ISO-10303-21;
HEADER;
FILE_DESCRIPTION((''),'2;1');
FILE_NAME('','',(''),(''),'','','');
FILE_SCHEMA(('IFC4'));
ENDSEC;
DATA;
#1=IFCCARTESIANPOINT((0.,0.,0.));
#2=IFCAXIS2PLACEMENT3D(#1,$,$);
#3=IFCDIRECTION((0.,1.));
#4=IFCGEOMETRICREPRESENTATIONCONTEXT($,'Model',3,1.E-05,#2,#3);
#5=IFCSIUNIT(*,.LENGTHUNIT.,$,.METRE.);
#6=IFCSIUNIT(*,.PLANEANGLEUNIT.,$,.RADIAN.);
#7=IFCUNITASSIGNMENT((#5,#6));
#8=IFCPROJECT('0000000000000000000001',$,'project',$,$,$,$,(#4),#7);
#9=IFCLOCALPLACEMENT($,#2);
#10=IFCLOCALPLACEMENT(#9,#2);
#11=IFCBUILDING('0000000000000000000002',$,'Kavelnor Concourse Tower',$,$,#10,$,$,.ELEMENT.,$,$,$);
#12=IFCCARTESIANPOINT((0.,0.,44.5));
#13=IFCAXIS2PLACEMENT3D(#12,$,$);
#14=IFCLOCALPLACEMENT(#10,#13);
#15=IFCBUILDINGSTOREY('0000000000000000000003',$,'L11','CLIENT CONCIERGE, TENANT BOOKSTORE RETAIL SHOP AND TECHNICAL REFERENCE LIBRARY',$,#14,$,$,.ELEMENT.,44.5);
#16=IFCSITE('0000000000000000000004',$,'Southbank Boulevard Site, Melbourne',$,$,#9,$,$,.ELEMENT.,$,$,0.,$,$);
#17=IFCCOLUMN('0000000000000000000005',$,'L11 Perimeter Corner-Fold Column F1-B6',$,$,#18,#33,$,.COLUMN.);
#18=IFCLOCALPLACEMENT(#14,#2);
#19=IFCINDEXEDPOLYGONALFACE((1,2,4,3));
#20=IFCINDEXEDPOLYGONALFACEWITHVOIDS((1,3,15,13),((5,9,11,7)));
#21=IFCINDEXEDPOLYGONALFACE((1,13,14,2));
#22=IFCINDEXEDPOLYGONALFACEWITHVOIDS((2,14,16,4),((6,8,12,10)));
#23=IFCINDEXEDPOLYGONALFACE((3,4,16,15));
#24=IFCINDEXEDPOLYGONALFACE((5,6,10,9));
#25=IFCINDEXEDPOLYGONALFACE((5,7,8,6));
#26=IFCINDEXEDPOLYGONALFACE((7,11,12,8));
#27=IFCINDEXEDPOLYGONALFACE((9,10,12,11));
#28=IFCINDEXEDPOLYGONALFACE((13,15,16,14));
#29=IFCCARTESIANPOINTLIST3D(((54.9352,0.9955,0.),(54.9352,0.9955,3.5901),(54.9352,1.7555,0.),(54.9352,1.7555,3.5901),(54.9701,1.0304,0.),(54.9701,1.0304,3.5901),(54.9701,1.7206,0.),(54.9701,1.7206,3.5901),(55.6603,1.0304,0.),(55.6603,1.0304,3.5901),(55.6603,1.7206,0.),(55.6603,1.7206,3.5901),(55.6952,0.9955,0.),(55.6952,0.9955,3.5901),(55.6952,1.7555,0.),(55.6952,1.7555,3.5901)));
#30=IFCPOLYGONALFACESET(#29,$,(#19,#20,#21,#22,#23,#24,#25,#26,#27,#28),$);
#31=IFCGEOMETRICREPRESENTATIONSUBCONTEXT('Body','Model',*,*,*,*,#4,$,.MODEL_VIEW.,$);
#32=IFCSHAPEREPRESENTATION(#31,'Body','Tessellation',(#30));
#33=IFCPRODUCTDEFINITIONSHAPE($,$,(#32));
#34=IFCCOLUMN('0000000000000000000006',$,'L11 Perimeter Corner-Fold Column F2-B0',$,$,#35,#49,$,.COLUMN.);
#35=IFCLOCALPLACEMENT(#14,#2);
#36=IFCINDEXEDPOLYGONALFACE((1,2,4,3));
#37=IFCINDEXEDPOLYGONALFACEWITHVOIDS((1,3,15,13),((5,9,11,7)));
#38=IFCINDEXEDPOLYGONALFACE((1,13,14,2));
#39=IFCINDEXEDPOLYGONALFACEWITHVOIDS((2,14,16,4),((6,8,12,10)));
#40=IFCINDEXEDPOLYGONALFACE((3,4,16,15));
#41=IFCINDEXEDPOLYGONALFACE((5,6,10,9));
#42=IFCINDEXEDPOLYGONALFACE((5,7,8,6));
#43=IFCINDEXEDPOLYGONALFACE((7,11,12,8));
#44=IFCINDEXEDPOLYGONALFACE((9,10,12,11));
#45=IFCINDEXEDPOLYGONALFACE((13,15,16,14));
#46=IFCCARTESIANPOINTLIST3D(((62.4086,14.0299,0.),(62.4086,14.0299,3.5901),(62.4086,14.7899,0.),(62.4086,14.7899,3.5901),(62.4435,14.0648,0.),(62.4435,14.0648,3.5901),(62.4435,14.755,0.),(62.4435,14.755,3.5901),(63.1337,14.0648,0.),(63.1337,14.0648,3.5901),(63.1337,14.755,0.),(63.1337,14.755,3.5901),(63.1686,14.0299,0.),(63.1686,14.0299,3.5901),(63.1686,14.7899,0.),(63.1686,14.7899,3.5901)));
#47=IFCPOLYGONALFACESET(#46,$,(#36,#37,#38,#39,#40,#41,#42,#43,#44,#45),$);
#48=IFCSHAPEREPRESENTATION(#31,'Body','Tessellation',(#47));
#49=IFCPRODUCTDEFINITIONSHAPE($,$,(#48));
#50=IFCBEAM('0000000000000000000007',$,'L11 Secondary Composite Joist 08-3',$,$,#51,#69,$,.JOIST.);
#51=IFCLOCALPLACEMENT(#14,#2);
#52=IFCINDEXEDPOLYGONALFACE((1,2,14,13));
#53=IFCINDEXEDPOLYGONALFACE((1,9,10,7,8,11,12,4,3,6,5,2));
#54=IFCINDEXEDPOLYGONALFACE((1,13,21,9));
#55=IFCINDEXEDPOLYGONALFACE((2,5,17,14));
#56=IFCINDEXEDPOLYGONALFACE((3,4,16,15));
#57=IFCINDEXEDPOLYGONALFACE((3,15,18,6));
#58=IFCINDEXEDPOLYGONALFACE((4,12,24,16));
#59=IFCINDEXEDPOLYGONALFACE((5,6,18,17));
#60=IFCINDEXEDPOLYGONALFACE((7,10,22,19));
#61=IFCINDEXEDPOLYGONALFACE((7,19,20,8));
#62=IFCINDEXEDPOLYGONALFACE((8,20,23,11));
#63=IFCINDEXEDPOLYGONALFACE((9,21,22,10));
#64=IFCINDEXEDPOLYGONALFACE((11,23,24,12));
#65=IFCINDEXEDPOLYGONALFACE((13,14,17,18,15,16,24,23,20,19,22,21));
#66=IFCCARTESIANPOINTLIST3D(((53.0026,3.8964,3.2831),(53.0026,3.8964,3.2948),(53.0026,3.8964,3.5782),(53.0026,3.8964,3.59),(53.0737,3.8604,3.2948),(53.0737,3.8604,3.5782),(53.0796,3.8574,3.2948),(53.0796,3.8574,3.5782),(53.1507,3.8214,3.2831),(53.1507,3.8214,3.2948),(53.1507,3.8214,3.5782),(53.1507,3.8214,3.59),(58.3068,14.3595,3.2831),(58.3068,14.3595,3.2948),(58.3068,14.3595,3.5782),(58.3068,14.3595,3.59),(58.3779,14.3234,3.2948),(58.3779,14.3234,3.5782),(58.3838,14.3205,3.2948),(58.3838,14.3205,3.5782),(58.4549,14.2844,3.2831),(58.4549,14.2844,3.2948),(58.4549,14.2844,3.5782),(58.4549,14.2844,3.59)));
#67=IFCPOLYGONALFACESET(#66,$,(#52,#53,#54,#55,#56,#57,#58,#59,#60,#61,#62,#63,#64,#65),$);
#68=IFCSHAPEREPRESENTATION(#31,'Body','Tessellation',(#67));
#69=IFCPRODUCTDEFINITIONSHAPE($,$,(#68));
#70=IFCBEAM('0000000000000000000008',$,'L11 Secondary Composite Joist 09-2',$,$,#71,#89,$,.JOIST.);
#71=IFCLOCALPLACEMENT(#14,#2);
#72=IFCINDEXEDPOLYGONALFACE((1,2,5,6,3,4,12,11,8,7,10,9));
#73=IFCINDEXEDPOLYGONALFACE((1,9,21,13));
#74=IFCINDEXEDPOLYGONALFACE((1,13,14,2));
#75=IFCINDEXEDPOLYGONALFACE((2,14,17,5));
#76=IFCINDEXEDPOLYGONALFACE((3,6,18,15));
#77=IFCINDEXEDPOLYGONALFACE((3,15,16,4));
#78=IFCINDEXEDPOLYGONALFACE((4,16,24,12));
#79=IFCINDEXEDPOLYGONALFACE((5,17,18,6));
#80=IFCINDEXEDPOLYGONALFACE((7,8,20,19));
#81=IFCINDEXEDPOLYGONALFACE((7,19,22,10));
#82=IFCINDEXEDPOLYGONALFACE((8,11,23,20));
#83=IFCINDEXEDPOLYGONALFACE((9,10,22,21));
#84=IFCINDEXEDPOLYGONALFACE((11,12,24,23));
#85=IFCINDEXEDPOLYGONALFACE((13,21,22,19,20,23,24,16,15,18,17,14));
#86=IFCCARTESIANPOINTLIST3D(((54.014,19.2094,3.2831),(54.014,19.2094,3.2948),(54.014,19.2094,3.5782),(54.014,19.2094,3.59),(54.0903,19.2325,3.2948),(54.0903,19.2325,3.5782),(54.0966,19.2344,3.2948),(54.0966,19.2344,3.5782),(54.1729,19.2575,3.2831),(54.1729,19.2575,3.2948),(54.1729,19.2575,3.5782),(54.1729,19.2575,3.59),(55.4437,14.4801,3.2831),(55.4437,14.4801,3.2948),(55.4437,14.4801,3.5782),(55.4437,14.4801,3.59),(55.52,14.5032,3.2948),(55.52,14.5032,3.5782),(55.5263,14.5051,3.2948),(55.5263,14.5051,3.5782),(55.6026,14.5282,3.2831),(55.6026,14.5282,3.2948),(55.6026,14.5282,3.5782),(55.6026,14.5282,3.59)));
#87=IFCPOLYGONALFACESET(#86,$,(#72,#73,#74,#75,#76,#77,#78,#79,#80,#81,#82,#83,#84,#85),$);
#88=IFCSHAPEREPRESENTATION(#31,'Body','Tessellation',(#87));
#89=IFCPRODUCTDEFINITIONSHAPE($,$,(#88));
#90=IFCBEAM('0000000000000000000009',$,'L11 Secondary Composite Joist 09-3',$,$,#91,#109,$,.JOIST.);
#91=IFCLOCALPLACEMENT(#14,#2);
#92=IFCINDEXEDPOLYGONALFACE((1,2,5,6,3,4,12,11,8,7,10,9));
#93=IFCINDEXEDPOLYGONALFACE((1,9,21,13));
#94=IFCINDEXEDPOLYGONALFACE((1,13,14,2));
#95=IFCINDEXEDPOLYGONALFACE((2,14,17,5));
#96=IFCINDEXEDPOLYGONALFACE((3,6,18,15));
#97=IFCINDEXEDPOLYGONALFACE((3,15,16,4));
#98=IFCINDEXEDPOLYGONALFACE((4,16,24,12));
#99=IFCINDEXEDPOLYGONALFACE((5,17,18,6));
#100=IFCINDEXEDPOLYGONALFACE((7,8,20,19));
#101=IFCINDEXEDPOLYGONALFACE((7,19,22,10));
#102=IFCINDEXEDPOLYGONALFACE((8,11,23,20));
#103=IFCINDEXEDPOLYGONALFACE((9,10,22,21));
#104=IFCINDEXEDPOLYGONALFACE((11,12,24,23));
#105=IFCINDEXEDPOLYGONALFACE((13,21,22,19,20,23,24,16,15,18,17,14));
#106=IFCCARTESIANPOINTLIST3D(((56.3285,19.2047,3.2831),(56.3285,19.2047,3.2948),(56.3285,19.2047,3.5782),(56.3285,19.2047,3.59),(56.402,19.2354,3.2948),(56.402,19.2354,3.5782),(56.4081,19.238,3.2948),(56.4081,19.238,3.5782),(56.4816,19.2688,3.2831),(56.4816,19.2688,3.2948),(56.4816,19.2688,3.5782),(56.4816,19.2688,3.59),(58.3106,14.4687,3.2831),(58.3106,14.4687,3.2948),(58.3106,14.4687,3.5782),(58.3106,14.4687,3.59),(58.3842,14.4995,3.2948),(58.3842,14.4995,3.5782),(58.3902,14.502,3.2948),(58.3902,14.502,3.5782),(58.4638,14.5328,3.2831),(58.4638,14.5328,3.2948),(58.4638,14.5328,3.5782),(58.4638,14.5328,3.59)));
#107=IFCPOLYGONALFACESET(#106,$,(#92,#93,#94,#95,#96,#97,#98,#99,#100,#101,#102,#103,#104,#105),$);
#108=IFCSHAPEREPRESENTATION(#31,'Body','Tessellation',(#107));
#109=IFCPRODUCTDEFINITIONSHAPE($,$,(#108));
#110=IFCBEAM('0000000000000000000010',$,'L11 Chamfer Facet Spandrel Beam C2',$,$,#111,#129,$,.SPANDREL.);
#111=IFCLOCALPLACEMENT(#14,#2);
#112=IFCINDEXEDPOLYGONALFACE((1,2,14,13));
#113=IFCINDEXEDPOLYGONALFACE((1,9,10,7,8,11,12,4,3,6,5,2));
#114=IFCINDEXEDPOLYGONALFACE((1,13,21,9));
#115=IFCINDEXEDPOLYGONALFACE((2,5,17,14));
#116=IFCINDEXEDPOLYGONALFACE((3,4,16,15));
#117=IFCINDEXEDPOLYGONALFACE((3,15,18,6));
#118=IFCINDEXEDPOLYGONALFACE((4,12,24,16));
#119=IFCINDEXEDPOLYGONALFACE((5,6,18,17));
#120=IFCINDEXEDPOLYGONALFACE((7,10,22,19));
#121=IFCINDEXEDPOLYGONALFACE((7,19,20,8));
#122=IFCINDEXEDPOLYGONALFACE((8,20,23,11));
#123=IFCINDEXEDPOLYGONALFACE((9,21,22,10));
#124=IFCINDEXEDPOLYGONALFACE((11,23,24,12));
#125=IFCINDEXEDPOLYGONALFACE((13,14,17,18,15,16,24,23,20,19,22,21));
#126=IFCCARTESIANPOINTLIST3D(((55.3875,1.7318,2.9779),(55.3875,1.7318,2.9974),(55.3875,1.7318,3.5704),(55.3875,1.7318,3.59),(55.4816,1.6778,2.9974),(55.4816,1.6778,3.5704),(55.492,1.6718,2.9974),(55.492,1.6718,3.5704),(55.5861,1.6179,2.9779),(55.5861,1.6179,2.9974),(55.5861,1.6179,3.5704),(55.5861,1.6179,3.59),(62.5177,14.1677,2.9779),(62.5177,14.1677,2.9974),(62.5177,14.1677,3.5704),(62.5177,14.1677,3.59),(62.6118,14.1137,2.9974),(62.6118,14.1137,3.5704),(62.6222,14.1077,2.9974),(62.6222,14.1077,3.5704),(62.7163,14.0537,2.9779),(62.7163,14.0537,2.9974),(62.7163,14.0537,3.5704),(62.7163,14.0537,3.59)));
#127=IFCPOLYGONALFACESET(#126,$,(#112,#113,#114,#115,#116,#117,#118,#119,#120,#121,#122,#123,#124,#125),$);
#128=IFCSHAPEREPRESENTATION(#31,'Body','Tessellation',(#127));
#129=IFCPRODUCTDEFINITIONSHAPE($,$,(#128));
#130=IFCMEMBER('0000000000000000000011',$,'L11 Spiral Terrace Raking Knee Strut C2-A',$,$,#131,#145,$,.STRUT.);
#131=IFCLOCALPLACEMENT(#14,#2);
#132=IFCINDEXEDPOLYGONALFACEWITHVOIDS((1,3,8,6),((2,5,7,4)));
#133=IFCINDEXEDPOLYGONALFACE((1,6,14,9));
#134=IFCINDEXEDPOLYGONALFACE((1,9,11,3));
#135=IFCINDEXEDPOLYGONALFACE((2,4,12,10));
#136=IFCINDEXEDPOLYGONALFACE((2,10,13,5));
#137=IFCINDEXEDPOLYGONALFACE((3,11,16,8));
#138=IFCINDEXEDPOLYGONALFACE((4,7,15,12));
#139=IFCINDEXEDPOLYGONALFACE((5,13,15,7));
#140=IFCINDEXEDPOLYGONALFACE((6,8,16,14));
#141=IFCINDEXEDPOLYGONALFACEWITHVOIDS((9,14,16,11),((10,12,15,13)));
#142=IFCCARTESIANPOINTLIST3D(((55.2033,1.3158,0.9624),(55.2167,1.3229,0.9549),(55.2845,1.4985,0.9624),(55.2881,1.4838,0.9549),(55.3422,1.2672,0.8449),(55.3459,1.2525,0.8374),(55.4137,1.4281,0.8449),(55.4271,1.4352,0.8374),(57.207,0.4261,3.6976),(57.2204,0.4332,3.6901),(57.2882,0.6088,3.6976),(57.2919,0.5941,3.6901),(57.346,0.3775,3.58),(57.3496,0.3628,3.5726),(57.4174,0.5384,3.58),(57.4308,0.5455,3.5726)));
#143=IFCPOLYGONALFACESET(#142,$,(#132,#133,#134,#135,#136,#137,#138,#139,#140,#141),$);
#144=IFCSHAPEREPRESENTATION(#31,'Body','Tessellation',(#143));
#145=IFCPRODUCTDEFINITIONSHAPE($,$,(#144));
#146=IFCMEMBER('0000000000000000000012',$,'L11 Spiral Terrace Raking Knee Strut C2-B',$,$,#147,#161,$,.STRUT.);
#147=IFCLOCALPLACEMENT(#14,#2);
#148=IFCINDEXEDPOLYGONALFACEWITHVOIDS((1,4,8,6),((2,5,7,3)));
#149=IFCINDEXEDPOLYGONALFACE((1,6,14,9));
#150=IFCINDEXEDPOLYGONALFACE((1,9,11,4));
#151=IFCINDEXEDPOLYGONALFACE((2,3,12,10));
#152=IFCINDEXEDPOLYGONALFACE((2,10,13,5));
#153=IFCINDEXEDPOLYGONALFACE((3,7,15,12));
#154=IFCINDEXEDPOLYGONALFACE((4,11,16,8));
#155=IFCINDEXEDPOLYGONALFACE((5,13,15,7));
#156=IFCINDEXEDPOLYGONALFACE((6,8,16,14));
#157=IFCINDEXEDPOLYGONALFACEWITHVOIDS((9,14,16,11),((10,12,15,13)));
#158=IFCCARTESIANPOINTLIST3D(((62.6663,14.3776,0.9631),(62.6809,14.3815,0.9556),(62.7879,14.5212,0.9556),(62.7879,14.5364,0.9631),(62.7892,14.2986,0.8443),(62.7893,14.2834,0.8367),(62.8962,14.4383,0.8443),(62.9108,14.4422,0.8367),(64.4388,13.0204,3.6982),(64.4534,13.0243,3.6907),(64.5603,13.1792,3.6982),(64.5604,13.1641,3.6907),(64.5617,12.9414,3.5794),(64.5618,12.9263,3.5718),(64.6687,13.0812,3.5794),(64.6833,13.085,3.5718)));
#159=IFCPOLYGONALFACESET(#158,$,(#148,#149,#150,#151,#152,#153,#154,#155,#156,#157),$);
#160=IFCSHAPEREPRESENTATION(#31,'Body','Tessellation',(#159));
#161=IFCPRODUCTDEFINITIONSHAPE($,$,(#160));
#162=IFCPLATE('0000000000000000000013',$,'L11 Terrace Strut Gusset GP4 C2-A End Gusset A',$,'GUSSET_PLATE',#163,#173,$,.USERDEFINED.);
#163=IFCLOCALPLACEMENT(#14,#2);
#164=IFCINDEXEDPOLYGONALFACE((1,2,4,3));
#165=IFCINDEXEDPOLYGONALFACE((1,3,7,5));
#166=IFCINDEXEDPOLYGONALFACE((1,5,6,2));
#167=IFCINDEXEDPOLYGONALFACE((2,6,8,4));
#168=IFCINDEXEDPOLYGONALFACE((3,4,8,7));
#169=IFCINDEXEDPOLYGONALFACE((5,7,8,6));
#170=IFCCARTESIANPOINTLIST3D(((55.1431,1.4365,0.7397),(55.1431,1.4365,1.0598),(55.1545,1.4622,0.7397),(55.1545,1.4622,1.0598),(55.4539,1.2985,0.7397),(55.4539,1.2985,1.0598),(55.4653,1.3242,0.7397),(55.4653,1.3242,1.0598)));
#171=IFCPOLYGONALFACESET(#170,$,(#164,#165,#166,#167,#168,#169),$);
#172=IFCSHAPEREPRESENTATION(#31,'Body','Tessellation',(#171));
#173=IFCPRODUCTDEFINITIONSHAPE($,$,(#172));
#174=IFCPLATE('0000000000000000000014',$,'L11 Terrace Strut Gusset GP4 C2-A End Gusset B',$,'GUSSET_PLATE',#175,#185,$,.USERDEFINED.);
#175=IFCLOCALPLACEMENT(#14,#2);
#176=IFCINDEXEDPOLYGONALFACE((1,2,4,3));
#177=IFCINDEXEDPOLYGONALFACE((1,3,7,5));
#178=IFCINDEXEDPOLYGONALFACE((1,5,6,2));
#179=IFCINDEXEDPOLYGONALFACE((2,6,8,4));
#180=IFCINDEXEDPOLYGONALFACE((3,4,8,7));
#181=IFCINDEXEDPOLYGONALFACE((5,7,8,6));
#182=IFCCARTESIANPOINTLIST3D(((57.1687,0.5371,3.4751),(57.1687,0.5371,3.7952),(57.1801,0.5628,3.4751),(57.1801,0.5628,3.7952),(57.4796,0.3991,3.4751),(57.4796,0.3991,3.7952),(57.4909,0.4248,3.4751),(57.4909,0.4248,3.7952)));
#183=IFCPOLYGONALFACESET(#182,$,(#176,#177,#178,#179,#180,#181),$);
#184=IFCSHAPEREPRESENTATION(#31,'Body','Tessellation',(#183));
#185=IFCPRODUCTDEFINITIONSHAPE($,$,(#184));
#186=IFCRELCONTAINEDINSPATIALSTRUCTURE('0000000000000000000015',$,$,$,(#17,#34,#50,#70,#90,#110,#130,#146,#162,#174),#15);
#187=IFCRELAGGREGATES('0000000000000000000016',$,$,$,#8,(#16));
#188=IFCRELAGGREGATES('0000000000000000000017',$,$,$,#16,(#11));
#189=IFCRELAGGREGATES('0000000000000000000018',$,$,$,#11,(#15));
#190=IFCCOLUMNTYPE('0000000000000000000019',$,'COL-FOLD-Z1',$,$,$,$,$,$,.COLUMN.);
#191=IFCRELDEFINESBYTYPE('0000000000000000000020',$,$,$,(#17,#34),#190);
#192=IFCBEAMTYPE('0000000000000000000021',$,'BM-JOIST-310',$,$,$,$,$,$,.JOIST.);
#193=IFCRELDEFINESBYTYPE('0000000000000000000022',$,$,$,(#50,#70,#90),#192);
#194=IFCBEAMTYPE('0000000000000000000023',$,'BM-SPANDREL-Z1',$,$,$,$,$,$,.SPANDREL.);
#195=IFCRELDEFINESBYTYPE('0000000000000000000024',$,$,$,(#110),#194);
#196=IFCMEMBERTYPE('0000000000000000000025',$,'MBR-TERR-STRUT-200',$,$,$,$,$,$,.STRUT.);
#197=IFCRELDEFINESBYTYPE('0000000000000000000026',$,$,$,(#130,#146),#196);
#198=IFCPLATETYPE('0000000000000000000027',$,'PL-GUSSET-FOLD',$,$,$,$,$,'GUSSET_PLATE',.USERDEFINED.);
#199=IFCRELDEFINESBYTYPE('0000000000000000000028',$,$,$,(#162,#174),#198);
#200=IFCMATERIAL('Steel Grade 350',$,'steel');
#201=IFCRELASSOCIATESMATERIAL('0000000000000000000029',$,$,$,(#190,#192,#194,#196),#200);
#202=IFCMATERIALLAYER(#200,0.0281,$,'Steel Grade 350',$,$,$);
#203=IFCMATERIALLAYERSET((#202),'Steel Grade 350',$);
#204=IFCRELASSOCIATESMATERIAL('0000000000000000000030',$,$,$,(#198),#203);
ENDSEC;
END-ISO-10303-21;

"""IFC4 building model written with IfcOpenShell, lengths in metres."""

from ifc_helpers import new_model, si_unit, direction, frame, origin, origin_2d, place, context, subcontext, project, spatial, rectangle, hollow_rectangle, i_section, extrude, material, layer, layer_set, material_profile, profile_set, type_object, element, save


model = new_model("IFC4")

# Units and contexts
model_context = context("Model", 3, precision=1e-05, world=origin(), true_north=direction((0.0, 1.0)))
body_context = subcontext(model_context, "Body", "Model", "MODEL_VIEW")
ifc_project = project(units=[si_unit("LENGTHUNIT", "METRE"), si_unit("PLANEANGLEUNIT", "RADIAN")], contexts=[model_context])

# Site, building, storey
site_placement = place(None, origin())
site = spatial("IfcSite", under=ifc_project, at=site_placement, Name="Southbank Boulevard Site, Melbourne", CompositionType="ELEMENT", RefElevation=0.0)
building_placement = place(site_placement, origin())
building = spatial("IfcBuilding", under=site, at=building_placement, Name="Kavelnor Concourse Tower", CompositionType="ELEMENT")
storey_placement = place(building_placement, frame((0.0, 0.0, 44.5)))
storey = spatial("IfcBuildingStorey", under=building, at=storey_placement, Name="L11", Description="CLIENT CONCIERGE, TENANT BOOKSTORE RETAIL SHOP AND TECHNICAL REFERENCE LIBRARY", CompositionType="ELEMENT", Elevation=44.5)

# Columns
ifc_material_1 = material(Name="Steel Grade 350", Category="steel")
ifc_material_profile_1 = material_profile(ifc_material_1, hollow_rectangle(XDim=0.76, YDim=0.76, WallThickness=0.0349, at=origin_2d()), Name="SHS 760x760x35")
ifc_profile_set_1 = profile_set([ifc_material_profile_1], Name="Steel Grade 350")
column_type = type_object("IfcColumnType", Name="COL-FOLD-Z1", PredefinedType="COLUMN", material=ifc_profile_set_1)
for number, where, z_axis, x_axis, name in (
    (1, (55.3152, 1.3755, 0.0), (0.0, 0.0, 1.0), (1.0, 0.0, 0.0), "L11 Perimeter Corner-Fold Column F1-B6"),
    (2, (62.7886, 14.4099, 0.0), (0.0, 0.0, 1.0), (1.0, 0.0, 0.0), "L11 Perimeter Corner-Fold Column F2-B0"),
):
    element("IfcColumn", number, at=place(storey_placement, frame(where, z_axis=z_axis, x_axis=x_axis)), inside=storey, type_object=column_type, Name=name, PredefinedType="COLUMN", context=body_context, shape_type="SweptSolid", body=[
        extrude(hollow_rectangle(XDim=0.76, YDim=0.76, WallThickness=0.0349, at=origin_2d()), origin(), (0.0, 0.0, 1.0), 3.5901),
    ])

# Beams
ifc_material_profile_2 = material_profile(ifc_material_1, i_section(OverallWidth=0.166, OverallDepth=0.3069, WebThickness=0.0066, FlangeThickness=0.0117, at=origin_2d()), Name="310UB46")
ifc_profile_set_2 = profile_set([ifc_material_profile_2], Name="Steel Grade 350")
beam_type_1 = type_object("IfcBeamType", Name="BM-JOIST-310", PredefinedType="JOIST", material=ifc_profile_set_2)
beam_1_placement = place(storey_placement, frame((53.0767, 3.8589, 3.4365), z_axis=(0.45216, 0.891937, 0.0), x_axis=(-0.891937, 0.45216, 0.0)))
element("IfcBeam", 3, at=beam_1_placement, inside=storey, type_object=beam_type_1, Name="L11 Secondary Composite Joist 08-3", PredefinedType="JOIST", context=body_context, shape_type="SweptSolid", body=[
    extrude(i_section(OverallWidth=0.166, OverallDepth=0.3069, WebThickness=0.0066, FlangeThickness=0.0117, at=origin_2d()), origin(), (0.0, 0.0, 1.0), 11.7307),
])
beam_2_placement = place(storey_placement, frame((55.5232, 14.5042, 3.4365), z_axis=(-0.289374, 0.957216, 0.0), x_axis=(-0.957216, -0.289374, 0.0)))
element("IfcBeam", 4, at=beam_2_placement, inside=storey, type_object=beam_type_1, Name="L11 Secondary Composite Joist 09-2", PredefinedType="JOIST", context=body_context, shape_type="SweptSolid", body=[
    extrude(i_section(OverallWidth=0.166, OverallDepth=0.3069, WebThickness=0.0066, FlangeThickness=0.0117, at=origin_2d()), origin(), (0.0, 0.0, 1.0), 4.9407),
])
beam_3_placement = place(storey_placement, frame((58.3872, 14.5007, 3.4365), z_axis=(-0.386077, 0.922467, 0.0), x_axis=(-0.922467, -0.386077, 0.0)))
element("IfcBeam", 5, at=beam_3_placement, inside=storey, type_object=beam_type_1, Name="L11 Secondary Composite Joist 09-3", PredefinedType="JOIST", context=body_context, shape_type="SweptSolid", body=[
    extrude(i_section(OverallWidth=0.166, OverallDepth=0.3069, WebThickness=0.0066, FlangeThickness=0.0117, at=origin_2d()), origin(), (0.0, 0.0, 1.0), 5.134),
])
ifc_material_profile_3 = material_profile(ifc_material_1, i_section(OverallWidth=0.229, OverallDepth=0.6121, WebThickness=0.012, FlangeThickness=0.0195, at=origin_2d()), Name="610UB125")
ifc_profile_set_3 = profile_set([ifc_material_profile_3], Name="Steel Grade 350")
beam_type_2 = type_object("IfcBeamType", Name="BM-SPANDREL-Z1", PredefinedType="SPANDREL", material=ifc_profile_set_3)
beam_4_placement = place(storey_placement, frame((55.4868, 1.6748, 3.2839), z_axis=(0.497398, 0.867522, 0.0), x_axis=(-0.867522, 0.497398, 0.0)))
element("IfcBeam", 6, at=beam_4_placement, inside=storey, type_object=beam_type_2, Name="L11 Chamfer Facet Spandrel Beam C2", PredefinedType="SPANDREL", context=body_context, shape_type="SweptSolid", body=[
    extrude(i_section(OverallWidth=0.229, OverallDepth=0.6121, WebThickness=0.012, FlangeThickness=0.0195, at=origin_2d()), origin(), (0.0, 0.0, 1.0), 14.335),
])

# Members
ifc_material_profile_4 = material_profile(ifc_material_1, hollow_rectangle(XDim=0.2, YDim=0.2, WallThickness=0.012, at=origin_2d()), Name="SHS 200x200x12")
ifc_profile_set_4 = profile_set([ifc_material_profile_4], Name="Steel Grade 350")
member_type = type_object("IfcMemberType", Name="MBR-TERR-STRUT-200", PredefinedType="STRUT", material=ifc_profile_set_4)
member_1_placement = place(storey_placement, frame((55.3152, 1.3755, 0.8999), z_axis=(0.571613, -0.253803, 0.780283), x_axis=(0.405808, 0.913958, 0.0)))
element("IfcMember", 7, at=member_1_placement, inside=storey, type_object=member_type, Name="L11 Spiral Terrace Raking Knee Strut C2-A", PredefinedType="STRUT", context=body_context, shape_type="SweptSolid", body=[
    extrude(hollow_rectangle(XDim=0.2, YDim=0.2, WallThickness=0.012, at=origin_2d()), origin(), (0.0, 0.0, 1.0), 3.5054),
])
member_2_placement = place(storey_placement, frame((62.7886, 14.4099, 0.8999), z_axis=(0.502044, -0.384416, 0.77471), x_axis=(0.607949, 0.793976, 0.0)))
element("IfcMember", 8, at=member_2_placement, inside=storey, type_object=member_type, Name="L11 Spiral Terrace Raking Knee Strut C2-B", PredefinedType="STRUT", context=body_context, shape_type="SweptSolid", body=[
    extrude(hollow_rectangle(XDim=0.2, YDim=0.2, WallThickness=0.012, at=origin_2d()), origin(), (0.0, 0.0, 1.0), 3.5305),
])

# Plates
ifc_layer_1 = layer(ifc_material_1, 0.0281, Name="Steel Grade 350")
ifc_layer_set_1 = layer_set([ifc_layer_1], Name="Steel Grade 350")
plate_type = type_object("IfcPlateType", Name="PL-GUSSET-FOLD", ElementType="GUSSET_PLATE", PredefinedType="USERDEFINED", material=ifc_layer_set_1)
for number, where, z_axis, x_axis, name in (
    (9, (55.3042, 1.3804, 0.7397), (0.0, 0.0, 1.0), (0.913971, -0.40578, 0.0), "L11 Terrace Strut Gusset GP4 C2-A End Gusset A"),
    (10, (57.3298, 0.481, 3.4751), (0.0, 0.0, 1.0), (0.913971, -0.40578, 0.0), "L11 Terrace Strut Gusset GP4 C2-A End Gusset B"),
):
    element("IfcPlate", number, at=place(storey_placement, frame(where, z_axis=z_axis, x_axis=x_axis)), inside=storey, type_object=plate_type, Name=name, ObjectType="GUSSET_PLATE", PredefinedType="USERDEFINED", context=body_context, shape_type="SweptSolid", body=[
        extrude(rectangle(XDim=0.3401, YDim=0.0281, at=origin_2d()), origin(), (0.0, 0.0, 1.0), 0.3201),
    ])

save(model, "model.ifc")
